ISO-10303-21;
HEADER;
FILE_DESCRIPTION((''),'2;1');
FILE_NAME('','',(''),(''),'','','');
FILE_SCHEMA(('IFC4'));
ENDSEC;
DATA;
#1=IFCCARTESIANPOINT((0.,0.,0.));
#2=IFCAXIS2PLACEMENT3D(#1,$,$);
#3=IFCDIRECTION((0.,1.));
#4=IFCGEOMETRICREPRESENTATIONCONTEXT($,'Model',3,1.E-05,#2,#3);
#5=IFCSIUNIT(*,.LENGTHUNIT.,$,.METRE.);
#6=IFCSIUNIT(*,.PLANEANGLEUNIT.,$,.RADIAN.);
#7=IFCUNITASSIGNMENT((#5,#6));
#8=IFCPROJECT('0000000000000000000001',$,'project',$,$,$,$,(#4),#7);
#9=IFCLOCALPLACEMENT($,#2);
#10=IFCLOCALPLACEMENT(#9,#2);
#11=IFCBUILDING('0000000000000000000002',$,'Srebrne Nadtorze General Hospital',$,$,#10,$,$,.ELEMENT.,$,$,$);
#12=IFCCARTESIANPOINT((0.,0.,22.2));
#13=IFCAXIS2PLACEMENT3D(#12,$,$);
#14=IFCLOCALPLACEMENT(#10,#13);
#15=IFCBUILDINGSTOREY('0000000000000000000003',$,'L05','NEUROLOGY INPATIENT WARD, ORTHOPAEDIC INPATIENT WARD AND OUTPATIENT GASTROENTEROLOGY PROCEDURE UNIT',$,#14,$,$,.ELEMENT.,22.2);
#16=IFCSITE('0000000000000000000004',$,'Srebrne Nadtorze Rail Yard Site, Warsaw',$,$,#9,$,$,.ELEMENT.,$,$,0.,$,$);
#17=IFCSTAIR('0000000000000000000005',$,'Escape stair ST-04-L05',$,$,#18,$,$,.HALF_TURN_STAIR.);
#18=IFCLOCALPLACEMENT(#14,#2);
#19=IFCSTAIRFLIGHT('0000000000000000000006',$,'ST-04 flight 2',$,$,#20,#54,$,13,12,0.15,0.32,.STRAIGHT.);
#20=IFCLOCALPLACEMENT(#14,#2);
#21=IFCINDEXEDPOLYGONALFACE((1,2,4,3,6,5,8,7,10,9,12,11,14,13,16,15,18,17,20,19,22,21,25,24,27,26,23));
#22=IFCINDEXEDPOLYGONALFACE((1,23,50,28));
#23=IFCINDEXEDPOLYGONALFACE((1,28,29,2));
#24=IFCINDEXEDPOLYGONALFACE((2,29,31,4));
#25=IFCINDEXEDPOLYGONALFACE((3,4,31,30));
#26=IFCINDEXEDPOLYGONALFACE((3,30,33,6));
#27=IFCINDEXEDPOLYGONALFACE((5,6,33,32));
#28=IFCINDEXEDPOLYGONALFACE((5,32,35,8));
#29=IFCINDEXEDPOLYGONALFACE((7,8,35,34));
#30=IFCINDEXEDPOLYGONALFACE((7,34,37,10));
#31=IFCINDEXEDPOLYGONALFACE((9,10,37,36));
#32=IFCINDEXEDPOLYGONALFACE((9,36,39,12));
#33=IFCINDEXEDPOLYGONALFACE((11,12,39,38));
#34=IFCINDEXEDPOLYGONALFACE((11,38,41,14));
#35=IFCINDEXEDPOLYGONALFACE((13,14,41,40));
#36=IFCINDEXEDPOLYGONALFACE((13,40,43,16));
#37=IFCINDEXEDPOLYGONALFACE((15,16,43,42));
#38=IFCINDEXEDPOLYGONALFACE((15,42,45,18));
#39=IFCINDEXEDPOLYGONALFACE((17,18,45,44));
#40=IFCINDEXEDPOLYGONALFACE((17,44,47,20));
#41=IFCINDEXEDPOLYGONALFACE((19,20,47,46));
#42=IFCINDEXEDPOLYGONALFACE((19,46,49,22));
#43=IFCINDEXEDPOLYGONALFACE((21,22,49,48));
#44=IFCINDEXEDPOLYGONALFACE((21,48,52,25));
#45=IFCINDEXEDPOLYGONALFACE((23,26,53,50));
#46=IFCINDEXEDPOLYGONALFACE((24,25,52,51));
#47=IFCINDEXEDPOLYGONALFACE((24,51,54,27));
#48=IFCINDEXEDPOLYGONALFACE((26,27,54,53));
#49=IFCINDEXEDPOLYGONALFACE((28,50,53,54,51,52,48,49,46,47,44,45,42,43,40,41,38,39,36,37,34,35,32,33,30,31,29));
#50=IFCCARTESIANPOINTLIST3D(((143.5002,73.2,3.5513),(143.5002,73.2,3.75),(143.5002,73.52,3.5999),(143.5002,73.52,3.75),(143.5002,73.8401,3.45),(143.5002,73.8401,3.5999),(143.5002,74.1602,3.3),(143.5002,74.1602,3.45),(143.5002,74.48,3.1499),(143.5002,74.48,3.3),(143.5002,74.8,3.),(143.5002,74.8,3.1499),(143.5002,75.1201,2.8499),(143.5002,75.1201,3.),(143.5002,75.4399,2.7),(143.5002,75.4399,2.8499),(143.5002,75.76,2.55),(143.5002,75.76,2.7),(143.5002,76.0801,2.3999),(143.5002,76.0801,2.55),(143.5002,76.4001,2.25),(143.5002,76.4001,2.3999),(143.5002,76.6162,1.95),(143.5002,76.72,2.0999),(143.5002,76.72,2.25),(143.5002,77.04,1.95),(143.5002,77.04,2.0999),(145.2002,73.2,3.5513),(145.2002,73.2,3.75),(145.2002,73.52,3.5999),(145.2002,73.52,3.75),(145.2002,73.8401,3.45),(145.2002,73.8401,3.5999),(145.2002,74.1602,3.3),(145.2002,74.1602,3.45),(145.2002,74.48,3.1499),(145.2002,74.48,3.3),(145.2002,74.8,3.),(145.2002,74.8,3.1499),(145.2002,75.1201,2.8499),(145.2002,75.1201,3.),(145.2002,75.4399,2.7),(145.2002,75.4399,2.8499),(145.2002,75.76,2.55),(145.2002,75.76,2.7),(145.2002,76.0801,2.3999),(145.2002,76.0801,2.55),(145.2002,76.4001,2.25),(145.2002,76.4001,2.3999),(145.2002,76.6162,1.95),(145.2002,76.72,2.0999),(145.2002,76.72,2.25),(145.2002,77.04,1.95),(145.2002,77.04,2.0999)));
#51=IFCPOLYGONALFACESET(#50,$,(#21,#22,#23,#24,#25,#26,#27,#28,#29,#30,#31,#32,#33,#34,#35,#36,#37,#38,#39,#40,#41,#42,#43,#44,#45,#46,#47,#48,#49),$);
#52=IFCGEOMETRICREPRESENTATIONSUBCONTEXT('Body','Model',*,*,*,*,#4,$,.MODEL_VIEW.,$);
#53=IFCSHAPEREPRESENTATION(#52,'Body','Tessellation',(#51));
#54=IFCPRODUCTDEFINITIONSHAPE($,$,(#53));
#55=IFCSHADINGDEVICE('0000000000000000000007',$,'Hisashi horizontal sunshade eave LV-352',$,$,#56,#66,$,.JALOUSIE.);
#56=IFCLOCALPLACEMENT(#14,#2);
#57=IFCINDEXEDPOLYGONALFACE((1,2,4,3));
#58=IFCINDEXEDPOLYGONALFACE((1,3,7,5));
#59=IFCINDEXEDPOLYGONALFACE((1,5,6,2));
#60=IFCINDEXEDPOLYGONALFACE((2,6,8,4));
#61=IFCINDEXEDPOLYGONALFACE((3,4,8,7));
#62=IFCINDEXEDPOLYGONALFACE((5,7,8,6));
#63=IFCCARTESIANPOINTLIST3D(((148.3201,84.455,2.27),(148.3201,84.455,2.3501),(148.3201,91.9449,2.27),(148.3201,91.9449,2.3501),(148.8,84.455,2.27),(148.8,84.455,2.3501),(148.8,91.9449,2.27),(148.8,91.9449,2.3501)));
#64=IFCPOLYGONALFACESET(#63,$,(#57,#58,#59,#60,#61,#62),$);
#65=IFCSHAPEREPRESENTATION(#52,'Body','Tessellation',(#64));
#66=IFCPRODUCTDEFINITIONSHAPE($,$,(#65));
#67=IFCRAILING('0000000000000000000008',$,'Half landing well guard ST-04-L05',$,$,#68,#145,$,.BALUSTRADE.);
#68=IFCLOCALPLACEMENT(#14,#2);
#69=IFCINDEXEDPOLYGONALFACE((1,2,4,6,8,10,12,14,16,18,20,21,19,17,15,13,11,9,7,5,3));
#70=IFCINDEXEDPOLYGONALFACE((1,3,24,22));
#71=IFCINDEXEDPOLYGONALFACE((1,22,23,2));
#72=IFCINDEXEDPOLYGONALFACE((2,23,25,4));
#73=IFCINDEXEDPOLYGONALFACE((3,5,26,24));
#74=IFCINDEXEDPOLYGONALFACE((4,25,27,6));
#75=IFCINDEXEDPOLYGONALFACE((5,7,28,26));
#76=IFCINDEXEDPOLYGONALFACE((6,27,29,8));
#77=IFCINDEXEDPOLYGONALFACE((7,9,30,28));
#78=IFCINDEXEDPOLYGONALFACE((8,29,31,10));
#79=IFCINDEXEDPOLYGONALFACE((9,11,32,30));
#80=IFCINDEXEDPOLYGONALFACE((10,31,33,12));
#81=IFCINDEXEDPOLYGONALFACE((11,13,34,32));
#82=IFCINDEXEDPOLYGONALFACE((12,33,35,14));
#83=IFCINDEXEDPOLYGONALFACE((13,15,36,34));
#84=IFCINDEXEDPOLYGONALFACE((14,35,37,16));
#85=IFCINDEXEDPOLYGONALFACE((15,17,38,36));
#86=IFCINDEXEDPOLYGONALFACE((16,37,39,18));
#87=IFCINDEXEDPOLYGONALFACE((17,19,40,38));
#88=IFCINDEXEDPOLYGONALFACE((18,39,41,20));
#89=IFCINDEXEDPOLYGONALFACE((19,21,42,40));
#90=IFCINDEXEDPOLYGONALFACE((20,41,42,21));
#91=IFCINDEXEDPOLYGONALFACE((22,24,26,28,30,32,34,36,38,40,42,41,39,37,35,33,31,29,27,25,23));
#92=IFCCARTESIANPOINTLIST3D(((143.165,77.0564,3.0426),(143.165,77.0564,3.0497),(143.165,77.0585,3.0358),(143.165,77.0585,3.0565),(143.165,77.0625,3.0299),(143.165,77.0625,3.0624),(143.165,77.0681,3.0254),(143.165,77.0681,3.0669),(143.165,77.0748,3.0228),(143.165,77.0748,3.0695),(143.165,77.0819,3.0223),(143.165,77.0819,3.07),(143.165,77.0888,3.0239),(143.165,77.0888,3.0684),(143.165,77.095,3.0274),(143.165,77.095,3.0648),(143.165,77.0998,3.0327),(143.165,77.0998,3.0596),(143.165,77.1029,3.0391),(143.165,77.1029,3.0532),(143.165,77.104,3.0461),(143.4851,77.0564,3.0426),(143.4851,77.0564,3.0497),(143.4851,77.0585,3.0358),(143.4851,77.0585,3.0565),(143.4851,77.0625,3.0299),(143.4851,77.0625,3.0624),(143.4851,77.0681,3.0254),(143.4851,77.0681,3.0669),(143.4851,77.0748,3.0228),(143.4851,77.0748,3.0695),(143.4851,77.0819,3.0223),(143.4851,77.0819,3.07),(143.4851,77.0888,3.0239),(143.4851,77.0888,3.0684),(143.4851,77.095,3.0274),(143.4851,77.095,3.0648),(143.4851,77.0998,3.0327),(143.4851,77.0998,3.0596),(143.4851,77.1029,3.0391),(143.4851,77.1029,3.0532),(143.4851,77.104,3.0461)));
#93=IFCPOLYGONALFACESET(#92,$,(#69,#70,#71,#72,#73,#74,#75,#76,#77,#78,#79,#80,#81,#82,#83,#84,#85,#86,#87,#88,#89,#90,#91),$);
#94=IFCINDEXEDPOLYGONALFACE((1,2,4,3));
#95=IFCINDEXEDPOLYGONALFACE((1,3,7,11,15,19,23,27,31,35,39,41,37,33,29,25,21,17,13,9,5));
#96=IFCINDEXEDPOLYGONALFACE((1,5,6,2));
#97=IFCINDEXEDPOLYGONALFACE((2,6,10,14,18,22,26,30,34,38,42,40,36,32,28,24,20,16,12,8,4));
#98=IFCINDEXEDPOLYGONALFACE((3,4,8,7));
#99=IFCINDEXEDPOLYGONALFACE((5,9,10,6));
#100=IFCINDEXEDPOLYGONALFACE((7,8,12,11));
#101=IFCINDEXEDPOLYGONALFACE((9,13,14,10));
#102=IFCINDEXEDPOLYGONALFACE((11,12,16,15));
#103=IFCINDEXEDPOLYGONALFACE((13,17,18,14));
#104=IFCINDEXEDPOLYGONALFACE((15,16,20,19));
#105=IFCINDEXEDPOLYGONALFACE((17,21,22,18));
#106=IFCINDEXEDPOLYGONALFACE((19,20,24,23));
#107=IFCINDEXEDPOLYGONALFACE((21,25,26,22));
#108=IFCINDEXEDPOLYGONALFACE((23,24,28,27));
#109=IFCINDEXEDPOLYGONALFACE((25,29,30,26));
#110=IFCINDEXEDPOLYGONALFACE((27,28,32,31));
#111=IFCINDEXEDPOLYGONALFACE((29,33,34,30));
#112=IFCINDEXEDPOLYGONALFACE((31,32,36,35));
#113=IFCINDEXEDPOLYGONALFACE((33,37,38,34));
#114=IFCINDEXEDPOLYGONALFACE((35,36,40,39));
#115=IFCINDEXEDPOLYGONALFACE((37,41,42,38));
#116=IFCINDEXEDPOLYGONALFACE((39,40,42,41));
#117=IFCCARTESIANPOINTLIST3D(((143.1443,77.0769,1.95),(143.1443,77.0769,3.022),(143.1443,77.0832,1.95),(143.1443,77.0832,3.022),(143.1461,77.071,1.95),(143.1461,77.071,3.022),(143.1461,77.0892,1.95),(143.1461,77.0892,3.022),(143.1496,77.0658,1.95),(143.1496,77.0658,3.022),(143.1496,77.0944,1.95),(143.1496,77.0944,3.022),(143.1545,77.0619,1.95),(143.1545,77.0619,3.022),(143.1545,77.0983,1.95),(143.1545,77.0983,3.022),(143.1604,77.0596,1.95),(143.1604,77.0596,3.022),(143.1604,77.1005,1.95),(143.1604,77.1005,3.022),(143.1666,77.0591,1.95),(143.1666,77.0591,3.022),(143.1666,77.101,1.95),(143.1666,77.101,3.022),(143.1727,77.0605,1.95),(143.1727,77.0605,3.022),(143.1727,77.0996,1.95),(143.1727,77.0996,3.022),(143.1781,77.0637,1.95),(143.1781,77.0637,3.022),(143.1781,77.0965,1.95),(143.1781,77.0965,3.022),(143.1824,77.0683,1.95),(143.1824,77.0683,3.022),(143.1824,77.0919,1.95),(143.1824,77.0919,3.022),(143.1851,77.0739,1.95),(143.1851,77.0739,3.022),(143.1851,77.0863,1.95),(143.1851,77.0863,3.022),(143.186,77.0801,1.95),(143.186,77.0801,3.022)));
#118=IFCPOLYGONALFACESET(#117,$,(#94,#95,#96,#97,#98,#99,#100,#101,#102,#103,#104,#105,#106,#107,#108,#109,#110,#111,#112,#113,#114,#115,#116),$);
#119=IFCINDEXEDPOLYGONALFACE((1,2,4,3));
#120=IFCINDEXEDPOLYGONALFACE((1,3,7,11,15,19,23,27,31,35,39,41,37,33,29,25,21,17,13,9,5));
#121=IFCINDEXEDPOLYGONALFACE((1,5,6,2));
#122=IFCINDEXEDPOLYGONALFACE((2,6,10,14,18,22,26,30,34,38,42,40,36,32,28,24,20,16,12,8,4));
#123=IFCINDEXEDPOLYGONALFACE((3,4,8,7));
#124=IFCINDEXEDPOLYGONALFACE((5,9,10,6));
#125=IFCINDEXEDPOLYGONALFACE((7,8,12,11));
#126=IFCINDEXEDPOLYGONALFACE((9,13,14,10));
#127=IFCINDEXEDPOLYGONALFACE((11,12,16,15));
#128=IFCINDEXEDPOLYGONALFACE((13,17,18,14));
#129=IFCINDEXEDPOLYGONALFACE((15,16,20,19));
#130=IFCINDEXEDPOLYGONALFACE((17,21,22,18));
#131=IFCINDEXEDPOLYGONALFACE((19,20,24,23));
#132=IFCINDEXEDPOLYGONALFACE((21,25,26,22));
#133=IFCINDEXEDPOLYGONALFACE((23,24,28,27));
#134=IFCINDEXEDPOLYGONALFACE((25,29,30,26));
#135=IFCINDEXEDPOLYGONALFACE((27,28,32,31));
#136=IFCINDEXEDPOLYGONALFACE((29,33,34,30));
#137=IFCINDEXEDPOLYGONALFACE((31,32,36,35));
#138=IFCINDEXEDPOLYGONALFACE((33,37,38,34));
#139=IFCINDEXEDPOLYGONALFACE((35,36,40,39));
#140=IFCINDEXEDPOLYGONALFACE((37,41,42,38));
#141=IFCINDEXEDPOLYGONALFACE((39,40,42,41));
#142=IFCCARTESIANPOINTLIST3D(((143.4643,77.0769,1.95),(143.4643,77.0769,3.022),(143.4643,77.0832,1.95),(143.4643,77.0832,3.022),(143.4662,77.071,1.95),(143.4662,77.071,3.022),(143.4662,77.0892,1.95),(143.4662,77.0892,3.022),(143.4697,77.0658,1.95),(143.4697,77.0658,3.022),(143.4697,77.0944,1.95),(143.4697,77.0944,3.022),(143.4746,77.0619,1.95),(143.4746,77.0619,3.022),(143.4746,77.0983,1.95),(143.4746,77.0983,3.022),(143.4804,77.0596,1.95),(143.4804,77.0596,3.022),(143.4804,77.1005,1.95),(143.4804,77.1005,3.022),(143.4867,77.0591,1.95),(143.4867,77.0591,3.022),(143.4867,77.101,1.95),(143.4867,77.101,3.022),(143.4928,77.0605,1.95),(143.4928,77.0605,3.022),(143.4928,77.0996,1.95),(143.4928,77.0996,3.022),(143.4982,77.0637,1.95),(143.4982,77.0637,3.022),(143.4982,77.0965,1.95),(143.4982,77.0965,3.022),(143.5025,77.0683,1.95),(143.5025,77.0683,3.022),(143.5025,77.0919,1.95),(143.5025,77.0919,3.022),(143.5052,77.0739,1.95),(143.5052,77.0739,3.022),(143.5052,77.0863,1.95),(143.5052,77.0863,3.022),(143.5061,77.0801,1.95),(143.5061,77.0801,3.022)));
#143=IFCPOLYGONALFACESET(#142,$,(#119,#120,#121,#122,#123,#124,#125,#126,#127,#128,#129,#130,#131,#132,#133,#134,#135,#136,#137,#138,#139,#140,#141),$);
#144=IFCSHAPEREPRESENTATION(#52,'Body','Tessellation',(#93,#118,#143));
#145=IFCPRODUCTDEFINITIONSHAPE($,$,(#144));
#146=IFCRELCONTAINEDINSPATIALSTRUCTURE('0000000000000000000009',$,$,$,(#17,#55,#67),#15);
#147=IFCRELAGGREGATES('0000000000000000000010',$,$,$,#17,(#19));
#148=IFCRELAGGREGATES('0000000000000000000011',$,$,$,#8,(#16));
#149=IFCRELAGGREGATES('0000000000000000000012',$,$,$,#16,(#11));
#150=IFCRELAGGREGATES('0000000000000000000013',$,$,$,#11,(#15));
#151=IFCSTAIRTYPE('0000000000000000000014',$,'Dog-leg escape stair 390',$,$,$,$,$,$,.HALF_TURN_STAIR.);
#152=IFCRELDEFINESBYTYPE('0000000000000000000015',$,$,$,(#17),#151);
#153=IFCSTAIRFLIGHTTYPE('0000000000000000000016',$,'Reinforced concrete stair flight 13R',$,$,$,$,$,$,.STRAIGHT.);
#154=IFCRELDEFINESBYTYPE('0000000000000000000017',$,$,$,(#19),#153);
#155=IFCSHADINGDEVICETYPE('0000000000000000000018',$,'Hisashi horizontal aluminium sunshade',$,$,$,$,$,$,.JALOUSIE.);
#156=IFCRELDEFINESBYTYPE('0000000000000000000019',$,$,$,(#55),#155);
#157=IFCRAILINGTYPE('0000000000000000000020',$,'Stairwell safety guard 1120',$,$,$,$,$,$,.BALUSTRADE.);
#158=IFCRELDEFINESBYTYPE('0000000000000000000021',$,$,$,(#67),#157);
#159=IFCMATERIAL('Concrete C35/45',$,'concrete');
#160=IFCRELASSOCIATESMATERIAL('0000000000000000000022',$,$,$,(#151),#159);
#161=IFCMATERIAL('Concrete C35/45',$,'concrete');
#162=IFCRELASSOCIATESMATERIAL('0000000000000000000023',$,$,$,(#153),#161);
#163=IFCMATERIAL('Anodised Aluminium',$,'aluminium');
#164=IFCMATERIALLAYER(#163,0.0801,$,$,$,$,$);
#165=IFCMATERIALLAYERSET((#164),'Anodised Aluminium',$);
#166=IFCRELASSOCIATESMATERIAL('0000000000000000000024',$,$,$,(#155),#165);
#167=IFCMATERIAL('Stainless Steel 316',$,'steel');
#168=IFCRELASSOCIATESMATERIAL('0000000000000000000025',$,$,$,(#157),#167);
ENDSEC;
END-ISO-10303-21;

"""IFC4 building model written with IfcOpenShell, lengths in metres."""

from ifc_helpers import new_model, si_unit, direction, frame, origin, origin_2d, place, context, subcontext, project, spatial, polyline, rectangle, circle, outline, extrude, material, layer, layer_set, type_object, element, aggregate, save


model = new_model("IFC4")

# Units and contexts
model_context = context("Model", 3, precision=1e-05, world=origin(), true_north=direction((0.0, 1.0)))
body_context = subcontext(model_context, "Body", "Model", "MODEL_VIEW")
ifc_project = project(units=[si_unit("LENGTHUNIT", "METRE"), si_unit("PLANEANGLEUNIT", "RADIAN")], contexts=[model_context])

# Site, building, storey
site_placement = place(None, origin())
site = spatial("IfcSite", under=ifc_project, at=site_placement, Name="Srebrne Nadtorze Rail Yard Site, Warsaw", CompositionType="ELEMENT", RefElevation=0.0)
building_placement = place(site_placement, origin())
building = spatial("IfcBuilding", under=site, at=building_placement, Name="Srebrne Nadtorze General Hospital", CompositionType="ELEMENT")
storey_placement = place(building_placement, frame((0.0, 0.0, 22.2)))
storey = spatial("IfcBuildingStorey", under=building, at=storey_placement, Name="L05", Description="NEUROLOGY INPATIENT WARD, ORTHOPAEDIC INPATIENT WARD AND OUTPATIENT GASTROENTEROLOGY PROCEDURE UNIT", CompositionType="ELEMENT", Elevation=22.2)

# Stair, stair flight
ifc_material_1 = material(Name="Concrete C35/45", Category="concrete")
stair_type = type_object("IfcStairType", Name="Dog-leg escape stair 390", PredefinedType="HALF_TURN_STAIR", material=ifc_material_1)
stair_placement = place(storey_placement, origin())
stair = element("IfcStair", 1, at=stair_placement, inside=storey, type_object=stair_type, Name="Escape stair ST-04-L05", PredefinedType="HALF_TURN_STAIR")
ifc_material_2 = material(Name="Concrete C35/45", Category="concrete")
stair_flight_type = type_object("IfcStairFlightType", Name="Reinforced concrete stair flight 13R", PredefinedType="STRAIGHT", material=ifc_material_2)
stair_flight_placement = place(storey_placement, frame((144.3501, 77.04, 1.95), z_axis=(0.0, 0.0, 1.0), x_axis=(0.0, -1.0, 0.0)))
stair_flight = element("IfcStairFlight", 2, at=stair_flight_placement, type_object=stair_flight_type, Name="ST-04 flight 2", NumberOfRisers=13, NumberOfTreads=12, PredefinedType="STRAIGHT", RiserHeight=0.15, TreadLength=0.32, context=body_context, shape_type="SweptSolid", body=[
    extrude(outline(polyline([(0.0, 0.0), (0.0, 0.1499), (0.3201, 0.1499), (0.3201, 0.3), (0.6399, 0.3), (0.6399, 0.45), (0.96, 0.45), (0.96, 0.6001), (1.28, 0.6001), (1.28, 0.75), (1.6001, 0.75), (1.6001, 0.8999), (1.9199, 0.8999), (1.9199, 1.05), (2.24, 1.05), (2.24, 1.2), (2.5601, 1.2), (2.5601, 1.3501), (2.8799, 1.3501), (2.8799, 1.5), (3.2, 1.5), (3.2, 1.6499), (3.52, 1.6499), (3.52, 1.8), (3.8401, 1.8), (3.8401, 1.95), (3.8401, 1.6013), (0.4238, 0.0), (0.0, 0.0)])), frame((0.0, 0.8501, 0.0), z_axis=(0.0, -1.0, 0.0), x_axis=(1.0, 0.0, 0.0)), (0.0, 0.0, 1.0), 1.7),
])
aggregate(stair, [stair_flight])

# Shading device
ifc_material_3 = material(Name="Anodised Aluminium", Category="aluminium")
ifc_layer_1 = layer(ifc_material_3, 0.0801)
ifc_layer_set_1 = layer_set([ifc_layer_1], Name="Anodised Aluminium")
shading_device_type = type_object("IfcShadingDeviceType", Name="Hisashi horizontal aluminium sunshade", PredefinedType="JALOUSIE", material=ifc_layer_set_1)
shading_device_placement = place(storey_placement, frame((148.5601, 88.2, 2.27), z_axis=(0.0, 0.0, 1.0), x_axis=(1.0, 0.0, 0.0)))
element("IfcShadingDevice", 3, at=shading_device_placement, inside=storey, type_object=shading_device_type, Name="Hisashi horizontal sunshade eave LV-352", PredefinedType="JALOUSIE", context=body_context, shape_type="SweptSolid", body=[
    extrude(rectangle(XDim=0.48, YDim=7.49, at=origin_2d()), origin(), (0.0, 0.0, 1.0), 0.0801),
])

# Railing
ifc_material_4 = material(Name="Stainless Steel 316", Category="steel")
railing_type_1 = type_object("IfcRailingType", Name="Stairwell safety guard 1120", PredefinedType="BALUSTRADE", material=ifc_material_4)
railing_1_placement = place(storey_placement, frame((143.165, 77.0801, 1.95)))
element("IfcRailing", 4, at=railing_1_placement, inside=storey, type_object=railing_type_1, Name="Half landing well guard ST-04-L05", PredefinedType="BALUSTRADE", context=body_context, shape_type="SweptSolid", body=[
    extrude(circle(Radius=0.0239, at=origin_2d()), frame((0.0, 0.0, 1.0962), z_axis=(1.0, 0.0, 0.0), x_axis=(0.0, 1.0, 0.0)), (0.0, 0.0, 1.0), 0.3201),
    extrude(circle(Radius=0.021, at=origin_2d()), origin(), (0.0, 0.0, 1.0), 1.072),
    extrude(circle(Radius=0.021, at=origin_2d()), frame((0.3201, 0.0, 0.0)), (0.0, 0.0, 1.0), 1.072),
])

save(model, "model.ifc")
